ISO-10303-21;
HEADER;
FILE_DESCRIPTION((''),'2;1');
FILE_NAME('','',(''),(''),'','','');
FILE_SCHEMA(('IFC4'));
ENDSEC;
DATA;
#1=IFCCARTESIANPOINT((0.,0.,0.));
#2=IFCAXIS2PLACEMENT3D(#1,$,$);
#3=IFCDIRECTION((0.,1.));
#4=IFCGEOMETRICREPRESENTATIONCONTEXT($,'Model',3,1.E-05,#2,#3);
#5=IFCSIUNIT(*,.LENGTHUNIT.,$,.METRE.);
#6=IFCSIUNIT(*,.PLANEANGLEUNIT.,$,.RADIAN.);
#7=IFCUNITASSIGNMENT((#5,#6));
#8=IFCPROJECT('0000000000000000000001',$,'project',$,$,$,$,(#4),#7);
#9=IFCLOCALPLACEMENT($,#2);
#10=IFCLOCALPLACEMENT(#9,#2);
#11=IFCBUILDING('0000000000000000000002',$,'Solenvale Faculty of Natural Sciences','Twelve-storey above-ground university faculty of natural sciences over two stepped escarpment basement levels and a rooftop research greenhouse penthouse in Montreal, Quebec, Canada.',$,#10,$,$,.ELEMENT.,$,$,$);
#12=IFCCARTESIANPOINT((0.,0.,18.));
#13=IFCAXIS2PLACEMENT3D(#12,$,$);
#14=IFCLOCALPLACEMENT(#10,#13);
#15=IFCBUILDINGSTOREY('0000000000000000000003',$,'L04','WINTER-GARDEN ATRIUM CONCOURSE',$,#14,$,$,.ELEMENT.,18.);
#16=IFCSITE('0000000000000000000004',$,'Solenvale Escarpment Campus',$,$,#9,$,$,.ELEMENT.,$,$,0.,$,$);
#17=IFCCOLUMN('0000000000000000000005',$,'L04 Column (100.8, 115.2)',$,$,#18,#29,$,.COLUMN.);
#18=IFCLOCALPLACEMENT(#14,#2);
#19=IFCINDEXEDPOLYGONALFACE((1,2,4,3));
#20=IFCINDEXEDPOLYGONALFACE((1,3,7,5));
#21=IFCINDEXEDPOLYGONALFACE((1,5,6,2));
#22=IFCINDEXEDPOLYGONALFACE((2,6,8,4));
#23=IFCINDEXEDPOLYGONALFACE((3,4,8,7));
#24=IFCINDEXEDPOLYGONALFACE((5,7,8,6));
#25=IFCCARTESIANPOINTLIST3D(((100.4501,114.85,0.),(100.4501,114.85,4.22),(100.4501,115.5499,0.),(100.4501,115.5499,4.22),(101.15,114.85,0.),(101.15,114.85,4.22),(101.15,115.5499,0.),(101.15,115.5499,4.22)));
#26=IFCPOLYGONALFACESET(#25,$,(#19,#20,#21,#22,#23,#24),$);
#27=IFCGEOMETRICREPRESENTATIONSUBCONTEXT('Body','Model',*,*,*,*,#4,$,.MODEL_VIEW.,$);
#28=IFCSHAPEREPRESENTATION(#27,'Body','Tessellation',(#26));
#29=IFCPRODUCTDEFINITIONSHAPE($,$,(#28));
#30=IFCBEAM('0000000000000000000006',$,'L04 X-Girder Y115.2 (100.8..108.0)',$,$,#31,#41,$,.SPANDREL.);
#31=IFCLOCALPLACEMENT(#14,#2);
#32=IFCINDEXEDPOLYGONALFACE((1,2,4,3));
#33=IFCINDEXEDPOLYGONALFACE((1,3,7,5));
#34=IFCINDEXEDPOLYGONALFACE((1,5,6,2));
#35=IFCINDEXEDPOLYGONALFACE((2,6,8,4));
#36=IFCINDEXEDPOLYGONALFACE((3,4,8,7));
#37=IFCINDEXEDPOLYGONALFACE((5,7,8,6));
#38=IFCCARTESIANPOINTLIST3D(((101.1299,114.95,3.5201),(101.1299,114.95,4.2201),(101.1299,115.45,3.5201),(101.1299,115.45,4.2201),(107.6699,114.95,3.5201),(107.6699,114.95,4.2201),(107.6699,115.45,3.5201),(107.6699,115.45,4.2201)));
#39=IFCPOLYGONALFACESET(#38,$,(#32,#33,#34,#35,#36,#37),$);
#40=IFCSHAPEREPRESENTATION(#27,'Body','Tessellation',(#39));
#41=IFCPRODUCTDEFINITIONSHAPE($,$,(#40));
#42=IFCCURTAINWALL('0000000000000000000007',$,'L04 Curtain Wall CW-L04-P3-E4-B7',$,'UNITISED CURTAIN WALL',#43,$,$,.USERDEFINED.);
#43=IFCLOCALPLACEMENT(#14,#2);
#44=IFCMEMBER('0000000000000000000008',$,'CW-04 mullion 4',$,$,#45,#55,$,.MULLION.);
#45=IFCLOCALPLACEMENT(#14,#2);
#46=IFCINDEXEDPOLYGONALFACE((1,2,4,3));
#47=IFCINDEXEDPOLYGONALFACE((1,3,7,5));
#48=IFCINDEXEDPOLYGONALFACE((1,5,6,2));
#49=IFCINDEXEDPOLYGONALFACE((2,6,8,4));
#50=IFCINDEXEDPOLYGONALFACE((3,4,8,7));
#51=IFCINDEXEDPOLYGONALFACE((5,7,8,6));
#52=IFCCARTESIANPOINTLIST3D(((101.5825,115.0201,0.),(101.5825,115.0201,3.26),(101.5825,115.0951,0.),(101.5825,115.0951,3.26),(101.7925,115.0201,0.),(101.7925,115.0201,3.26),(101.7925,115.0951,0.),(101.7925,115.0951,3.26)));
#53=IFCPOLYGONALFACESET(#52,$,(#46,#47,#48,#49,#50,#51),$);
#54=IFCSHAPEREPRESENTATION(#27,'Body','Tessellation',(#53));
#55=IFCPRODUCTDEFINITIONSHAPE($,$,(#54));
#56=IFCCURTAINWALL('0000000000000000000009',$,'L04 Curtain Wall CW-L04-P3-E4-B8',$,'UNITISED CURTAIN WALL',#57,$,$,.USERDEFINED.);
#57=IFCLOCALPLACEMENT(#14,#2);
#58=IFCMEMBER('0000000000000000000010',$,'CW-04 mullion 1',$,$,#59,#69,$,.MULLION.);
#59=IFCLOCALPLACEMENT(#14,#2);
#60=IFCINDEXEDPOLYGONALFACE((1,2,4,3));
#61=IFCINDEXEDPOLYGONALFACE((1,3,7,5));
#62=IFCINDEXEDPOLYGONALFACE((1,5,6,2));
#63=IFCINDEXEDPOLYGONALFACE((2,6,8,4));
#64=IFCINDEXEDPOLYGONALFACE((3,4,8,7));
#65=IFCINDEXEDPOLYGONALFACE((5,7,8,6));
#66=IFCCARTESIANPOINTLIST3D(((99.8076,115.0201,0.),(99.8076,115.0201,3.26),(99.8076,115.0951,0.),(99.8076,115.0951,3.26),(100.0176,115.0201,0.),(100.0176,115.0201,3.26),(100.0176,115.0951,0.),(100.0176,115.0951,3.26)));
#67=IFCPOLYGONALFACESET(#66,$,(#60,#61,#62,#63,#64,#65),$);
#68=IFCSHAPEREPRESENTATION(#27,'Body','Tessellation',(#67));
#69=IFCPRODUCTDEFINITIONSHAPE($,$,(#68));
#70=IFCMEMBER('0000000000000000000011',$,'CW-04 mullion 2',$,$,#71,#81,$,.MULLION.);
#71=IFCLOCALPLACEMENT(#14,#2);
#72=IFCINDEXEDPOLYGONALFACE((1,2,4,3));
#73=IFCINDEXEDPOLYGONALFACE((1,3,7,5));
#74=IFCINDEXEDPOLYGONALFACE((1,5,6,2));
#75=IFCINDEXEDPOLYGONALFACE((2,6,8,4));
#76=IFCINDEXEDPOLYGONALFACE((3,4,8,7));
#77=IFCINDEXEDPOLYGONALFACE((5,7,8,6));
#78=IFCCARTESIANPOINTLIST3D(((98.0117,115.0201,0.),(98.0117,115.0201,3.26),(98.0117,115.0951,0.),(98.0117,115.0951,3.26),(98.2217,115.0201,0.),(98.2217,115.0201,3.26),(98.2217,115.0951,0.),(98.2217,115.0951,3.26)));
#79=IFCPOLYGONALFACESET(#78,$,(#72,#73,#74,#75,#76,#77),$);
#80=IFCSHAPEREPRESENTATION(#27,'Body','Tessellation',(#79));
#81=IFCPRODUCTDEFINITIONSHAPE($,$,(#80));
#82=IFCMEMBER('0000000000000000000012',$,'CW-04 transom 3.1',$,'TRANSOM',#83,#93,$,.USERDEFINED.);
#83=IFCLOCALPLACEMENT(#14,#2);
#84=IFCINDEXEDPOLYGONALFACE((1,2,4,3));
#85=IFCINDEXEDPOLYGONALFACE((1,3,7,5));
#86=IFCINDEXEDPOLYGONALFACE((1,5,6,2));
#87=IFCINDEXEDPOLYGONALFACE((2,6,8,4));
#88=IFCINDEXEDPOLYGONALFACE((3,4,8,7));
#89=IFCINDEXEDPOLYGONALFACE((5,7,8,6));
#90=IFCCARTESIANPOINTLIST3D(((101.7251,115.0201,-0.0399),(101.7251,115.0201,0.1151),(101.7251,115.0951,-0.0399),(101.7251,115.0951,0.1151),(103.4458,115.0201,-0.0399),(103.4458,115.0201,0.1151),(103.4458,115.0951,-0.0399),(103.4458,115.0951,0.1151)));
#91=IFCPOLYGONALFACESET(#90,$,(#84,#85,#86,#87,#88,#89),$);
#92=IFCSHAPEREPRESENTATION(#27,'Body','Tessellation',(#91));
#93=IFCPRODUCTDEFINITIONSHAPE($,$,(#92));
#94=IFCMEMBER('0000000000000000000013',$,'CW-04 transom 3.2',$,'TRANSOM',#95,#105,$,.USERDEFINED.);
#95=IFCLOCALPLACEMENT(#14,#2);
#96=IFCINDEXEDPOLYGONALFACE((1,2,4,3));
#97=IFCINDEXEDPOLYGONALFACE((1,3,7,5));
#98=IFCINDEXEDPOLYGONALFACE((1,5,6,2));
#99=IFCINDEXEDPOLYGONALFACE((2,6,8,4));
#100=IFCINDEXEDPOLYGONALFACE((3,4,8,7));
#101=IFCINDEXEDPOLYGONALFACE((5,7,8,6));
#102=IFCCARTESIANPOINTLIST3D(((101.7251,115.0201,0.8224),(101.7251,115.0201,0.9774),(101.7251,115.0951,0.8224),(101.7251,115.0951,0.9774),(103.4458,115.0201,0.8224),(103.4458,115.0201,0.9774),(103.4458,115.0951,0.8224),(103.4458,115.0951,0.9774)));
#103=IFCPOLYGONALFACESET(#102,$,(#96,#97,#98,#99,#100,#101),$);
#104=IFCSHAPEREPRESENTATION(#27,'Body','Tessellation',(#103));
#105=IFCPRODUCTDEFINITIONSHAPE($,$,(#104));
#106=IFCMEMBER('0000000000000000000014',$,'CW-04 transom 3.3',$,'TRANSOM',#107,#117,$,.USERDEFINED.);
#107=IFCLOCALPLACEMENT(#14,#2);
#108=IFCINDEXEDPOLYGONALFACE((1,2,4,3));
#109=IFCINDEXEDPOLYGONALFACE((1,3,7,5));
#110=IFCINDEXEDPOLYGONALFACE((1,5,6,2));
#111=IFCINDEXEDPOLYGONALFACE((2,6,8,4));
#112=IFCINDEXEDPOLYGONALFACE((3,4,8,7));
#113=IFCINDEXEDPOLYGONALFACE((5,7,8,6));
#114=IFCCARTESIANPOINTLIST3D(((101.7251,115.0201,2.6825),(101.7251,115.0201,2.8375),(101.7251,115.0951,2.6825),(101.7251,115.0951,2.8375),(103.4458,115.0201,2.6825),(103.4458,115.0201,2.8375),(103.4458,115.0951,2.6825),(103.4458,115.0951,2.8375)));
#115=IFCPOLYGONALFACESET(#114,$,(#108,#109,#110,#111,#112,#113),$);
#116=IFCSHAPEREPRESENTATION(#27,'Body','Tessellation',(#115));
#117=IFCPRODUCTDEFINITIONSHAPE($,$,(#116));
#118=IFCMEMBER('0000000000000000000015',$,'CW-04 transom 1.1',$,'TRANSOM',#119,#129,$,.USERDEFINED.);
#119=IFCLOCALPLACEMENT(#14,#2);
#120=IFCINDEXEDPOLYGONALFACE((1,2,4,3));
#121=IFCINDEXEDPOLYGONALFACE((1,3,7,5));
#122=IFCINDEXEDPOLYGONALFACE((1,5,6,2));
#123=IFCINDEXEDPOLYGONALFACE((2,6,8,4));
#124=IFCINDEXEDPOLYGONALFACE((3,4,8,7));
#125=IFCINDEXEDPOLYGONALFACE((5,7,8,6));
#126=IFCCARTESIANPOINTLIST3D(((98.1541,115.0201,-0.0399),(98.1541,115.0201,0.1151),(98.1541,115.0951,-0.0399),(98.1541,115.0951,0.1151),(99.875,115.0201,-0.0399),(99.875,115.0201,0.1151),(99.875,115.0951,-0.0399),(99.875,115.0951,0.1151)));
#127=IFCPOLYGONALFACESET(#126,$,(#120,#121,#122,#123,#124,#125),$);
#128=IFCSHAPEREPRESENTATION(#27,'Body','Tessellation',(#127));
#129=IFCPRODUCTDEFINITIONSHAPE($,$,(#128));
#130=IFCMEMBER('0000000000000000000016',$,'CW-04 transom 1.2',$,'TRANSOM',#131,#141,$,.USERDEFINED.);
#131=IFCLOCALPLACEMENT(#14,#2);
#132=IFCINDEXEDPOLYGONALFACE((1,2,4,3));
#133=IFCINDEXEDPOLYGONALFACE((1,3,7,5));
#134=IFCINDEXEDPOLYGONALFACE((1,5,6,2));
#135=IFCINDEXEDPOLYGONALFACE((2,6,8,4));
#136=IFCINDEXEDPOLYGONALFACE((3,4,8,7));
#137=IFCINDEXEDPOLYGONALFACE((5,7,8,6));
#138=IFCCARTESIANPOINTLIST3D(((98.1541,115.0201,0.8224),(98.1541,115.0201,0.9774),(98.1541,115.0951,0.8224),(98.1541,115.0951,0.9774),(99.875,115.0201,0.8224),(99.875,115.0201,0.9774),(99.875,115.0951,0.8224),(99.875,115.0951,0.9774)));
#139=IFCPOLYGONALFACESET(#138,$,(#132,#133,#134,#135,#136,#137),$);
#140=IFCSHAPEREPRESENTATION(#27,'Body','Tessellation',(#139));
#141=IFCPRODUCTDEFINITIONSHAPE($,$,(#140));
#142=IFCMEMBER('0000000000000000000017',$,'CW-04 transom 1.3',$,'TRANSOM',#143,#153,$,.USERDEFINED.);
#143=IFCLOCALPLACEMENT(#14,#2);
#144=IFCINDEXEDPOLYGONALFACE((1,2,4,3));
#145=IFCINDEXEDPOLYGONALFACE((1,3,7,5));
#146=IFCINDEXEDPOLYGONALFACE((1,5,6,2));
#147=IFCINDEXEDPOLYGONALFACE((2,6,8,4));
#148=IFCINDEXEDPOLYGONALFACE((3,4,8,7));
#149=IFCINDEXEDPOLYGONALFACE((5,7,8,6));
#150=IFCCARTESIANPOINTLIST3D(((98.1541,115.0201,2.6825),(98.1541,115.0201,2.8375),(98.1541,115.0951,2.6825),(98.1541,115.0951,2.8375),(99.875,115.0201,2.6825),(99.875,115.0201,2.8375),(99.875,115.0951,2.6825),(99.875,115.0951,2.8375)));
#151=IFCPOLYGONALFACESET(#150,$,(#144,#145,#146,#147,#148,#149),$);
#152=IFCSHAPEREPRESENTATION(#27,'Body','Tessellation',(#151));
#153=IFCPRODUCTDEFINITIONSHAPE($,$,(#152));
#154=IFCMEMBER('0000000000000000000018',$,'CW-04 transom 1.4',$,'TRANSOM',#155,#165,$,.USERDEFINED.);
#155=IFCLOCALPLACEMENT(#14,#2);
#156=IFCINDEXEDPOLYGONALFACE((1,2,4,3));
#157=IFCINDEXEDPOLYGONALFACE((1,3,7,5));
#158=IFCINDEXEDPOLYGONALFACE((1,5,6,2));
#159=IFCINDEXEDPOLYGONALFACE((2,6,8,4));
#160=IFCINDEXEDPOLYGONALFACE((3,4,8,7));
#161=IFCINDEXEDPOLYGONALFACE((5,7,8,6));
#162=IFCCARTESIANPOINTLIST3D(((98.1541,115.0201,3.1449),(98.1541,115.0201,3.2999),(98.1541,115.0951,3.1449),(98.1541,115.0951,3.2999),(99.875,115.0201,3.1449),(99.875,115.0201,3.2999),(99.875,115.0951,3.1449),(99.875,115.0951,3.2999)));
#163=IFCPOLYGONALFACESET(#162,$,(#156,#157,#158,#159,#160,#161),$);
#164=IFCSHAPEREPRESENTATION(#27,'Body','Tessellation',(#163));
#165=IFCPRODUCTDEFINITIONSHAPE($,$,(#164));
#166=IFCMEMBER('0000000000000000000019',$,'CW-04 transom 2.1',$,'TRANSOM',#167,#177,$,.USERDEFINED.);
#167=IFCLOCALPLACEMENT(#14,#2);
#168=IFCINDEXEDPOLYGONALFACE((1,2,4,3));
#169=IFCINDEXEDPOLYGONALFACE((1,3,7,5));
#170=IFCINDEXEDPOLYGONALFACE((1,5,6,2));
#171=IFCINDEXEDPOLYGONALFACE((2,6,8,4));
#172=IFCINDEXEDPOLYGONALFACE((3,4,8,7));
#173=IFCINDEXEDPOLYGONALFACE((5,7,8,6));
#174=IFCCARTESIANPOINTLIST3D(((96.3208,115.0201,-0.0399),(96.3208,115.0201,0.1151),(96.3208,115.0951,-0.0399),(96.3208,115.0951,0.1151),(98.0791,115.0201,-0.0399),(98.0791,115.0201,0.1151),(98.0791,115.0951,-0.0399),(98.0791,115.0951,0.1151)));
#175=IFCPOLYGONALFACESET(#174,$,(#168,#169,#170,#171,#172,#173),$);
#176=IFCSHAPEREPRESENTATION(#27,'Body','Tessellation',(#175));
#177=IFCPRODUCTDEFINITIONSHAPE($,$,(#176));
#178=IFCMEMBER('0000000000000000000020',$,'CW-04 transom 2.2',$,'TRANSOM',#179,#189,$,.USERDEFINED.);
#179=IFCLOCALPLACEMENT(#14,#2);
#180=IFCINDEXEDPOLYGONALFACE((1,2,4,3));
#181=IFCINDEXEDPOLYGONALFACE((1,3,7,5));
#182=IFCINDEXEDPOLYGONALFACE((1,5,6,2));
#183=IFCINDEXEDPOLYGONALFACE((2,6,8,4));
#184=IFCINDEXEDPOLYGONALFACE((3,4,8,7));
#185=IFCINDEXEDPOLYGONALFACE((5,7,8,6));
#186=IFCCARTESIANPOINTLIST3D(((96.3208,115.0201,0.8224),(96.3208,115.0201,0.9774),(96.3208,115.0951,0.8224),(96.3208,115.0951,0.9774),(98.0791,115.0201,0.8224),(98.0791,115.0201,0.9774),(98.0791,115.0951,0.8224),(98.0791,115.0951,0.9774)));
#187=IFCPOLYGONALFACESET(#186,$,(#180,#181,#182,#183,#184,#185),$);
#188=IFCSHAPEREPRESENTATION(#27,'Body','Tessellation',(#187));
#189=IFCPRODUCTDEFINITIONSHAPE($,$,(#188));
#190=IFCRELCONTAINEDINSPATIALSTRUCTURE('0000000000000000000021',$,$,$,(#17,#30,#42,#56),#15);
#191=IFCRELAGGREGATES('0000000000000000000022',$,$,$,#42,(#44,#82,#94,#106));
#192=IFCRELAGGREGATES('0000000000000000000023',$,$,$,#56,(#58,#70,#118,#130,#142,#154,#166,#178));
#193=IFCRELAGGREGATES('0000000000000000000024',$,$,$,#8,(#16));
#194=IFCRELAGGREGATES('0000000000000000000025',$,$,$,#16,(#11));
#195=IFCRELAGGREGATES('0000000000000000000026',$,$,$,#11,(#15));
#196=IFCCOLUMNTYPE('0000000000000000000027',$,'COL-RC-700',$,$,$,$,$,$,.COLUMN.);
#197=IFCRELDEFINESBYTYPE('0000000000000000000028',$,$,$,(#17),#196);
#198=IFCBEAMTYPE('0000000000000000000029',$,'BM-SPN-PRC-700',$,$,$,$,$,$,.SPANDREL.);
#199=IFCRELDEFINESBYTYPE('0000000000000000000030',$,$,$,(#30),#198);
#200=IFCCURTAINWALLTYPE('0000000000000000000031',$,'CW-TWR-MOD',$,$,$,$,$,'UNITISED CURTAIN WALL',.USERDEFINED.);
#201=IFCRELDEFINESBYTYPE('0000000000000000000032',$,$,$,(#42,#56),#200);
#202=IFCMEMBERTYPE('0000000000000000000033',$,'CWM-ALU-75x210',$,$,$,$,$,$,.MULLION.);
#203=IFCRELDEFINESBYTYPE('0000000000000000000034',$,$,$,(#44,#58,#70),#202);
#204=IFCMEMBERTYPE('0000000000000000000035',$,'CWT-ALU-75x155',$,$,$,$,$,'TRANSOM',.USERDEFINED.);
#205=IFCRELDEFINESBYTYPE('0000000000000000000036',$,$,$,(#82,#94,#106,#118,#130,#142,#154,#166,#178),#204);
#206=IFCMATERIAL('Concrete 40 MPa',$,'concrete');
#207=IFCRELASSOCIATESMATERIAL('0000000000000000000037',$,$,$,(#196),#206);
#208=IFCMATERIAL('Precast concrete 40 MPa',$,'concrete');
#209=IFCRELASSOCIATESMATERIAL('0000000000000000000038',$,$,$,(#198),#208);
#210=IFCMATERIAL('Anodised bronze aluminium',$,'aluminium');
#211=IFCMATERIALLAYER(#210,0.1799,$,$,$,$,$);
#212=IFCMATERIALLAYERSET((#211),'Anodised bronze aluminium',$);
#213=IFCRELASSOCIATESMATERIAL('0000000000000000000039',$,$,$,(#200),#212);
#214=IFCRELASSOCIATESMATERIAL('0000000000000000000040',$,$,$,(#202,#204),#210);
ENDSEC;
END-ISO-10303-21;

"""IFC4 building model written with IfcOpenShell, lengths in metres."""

from ifc_helpers import new_model, si_unit, direction, frame, origin, origin_2d, place, context, subcontext, project, spatial, rectangle, extrude, material, layer, layer_set, material_profile, profile_set, type_object, element, aggregate, save


model = new_model("IFC4")

# Units and contexts
model_context = context("Model", 3, precision=1e-05, world=origin(), true_north=direction((0.0, 1.0)))
body_context = subcontext(model_context, "Body", "Model", "MODEL_VIEW")
ifc_project = project(units=[si_unit("LENGTHUNIT", "METRE"), si_unit("PLANEANGLEUNIT", "RADIAN")], contexts=[model_context])

# Site, building, storey
site_placement = place(None, origin())
site = spatial("IfcSite", under=ifc_project, at=site_placement, Name="Solenvale Escarpment Campus", CompositionType="ELEMENT", RefElevation=0.0)
building_placement = place(site_placement, origin())
building = spatial("IfcBuilding", under=site, at=building_placement, Name="Solenvale Faculty of Natural Sciences", Description="Twelve-storey above-ground university faculty of natural sciences over two stepped escarpment basement levels and a rooftop research greenhouse penthouse in Montreal, Quebec, Canada.", CompositionType="ELEMENT")
storey_placement = place(building_placement, frame((0.0, 0.0, 18.0)))
storey = spatial("IfcBuildingStorey", under=building, at=storey_placement, Name="L04", Description="WINTER-GARDEN ATRIUM CONCOURSE", CompositionType="ELEMENT", Elevation=18.0)

# Column
ifc_material_1 = material(Name="Concrete 40 MPa", Category="concrete")
ifc_material_profile_1 = material_profile(ifc_material_1, rectangle(XDim=0.7, YDim=0.7, at=origin_2d()), Name="RC-COL-700x700")
ifc_profile_set_1 = profile_set([ifc_material_profile_1], Name="Concrete 40 MPa")
column_type = type_object("IfcColumnType", Name="COL-RC-700", PredefinedType="COLUMN", material=ifc_profile_set_1)
column_placement = place(storey_placement, frame((100.8, 115.2, 0.0), z_axis=(0.0, 0.0, 1.0), x_axis=(1.0, 0.0, 0.0)))
element("IfcColumn", 1, at=column_placement, inside=storey, type_object=column_type, Name="L04 Column (100.8, 115.2)", PredefinedType="COLUMN", context=body_context, shape_type="SweptSolid", body=[
    extrude(rectangle(XDim=0.7, YDim=0.7, at=origin_2d()), origin(), (0.0, 0.0, 1.0), 4.22),
])

# Beam
ifc_material_2 = material(Name="Precast concrete 40 MPa", Category="concrete")
ifc_material_profile_2 = material_profile(ifc_material_2, rectangle(XDim=0.5, YDim=0.7, at=origin_2d()), Name="RC-BM-500x700")
ifc_profile_set_2 = profile_set([ifc_material_profile_2], Name="Precast concrete 40 MPa")
beam_type = type_object("IfcBeamType", Name="BM-SPN-PRC-700", PredefinedType="SPANDREL", material=ifc_profile_set_2)
beam_placement = place(storey_placement, frame((101.1299, 115.2, 3.8701), z_axis=(1.0, 0.0, 0.0), x_axis=(0.0, 1.0, 0.0)))
element("IfcBeam", 2, at=beam_placement, inside=storey, type_object=beam_type, Name="L04 X-Girder Y115.2 (100.8..108.0)", PredefinedType="SPANDREL", context=body_context, shape_type="SweptSolid", body=[
    extrude(rectangle(XDim=0.5, YDim=0.7, at=origin_2d()), origin(), (0.0, 0.0, 1.0), 6.54),
])

# Curtain wall, member
ifc_material_3 = material(Name="Anodised bronze aluminium", Category="aluminium")
ifc_layer_1 = layer(ifc_material_3, 0.1799)
ifc_layer_set_1 = layer_set([ifc_layer_1], Name="Anodised bronze aluminium")
curtain_wall_type = type_object("IfcCurtainWallType", Name="CW-TWR-MOD", ElementType="UNITISED CURTAIN WALL", PredefinedType="USERDEFINED", material=ifc_layer_set_1)
curtain_wall_1_placement = place(storey_placement, origin())
curtain_wall_1 = element("IfcCurtainWall", 3, at=curtain_wall_1_placement, inside=storey, type_object=curtain_wall_type, Name="L04 Curtain Wall CW-L04-P3-E4-B7", ObjectType="UNITISED CURTAIN WALL", PredefinedType="USERDEFINED")
ifc_material_profile_3 = material_profile(ifc_material_3, rectangle(XDim=0.075, YDim=0.21, at=origin_2d()), Name="ALU-MUL-75x210")
ifc_profile_set_3 = profile_set([ifc_material_profile_3], Name="Anodised bronze aluminium")
member_type_1 = type_object("IfcMemberType", Name="CWM-ALU-75x210", PredefinedType="MULLION", material=ifc_profile_set_3)
member_1_placement = place(storey_placement, frame((101.6875, 115.0576, 0.0), z_axis=(0.0, 0.0, 1.0), x_axis=(0.0, -1.0, 0.0)))
member_1 = element("IfcMember", 4, at=member_1_placement, type_object=member_type_1, Name="CW-04 mullion 4", PredefinedType="MULLION", context=body_context, shape_type="SweptSolid", body=[
    extrude(rectangle(XDim=0.075, YDim=0.21, at=origin_2d()), origin(), (0.0, 0.0, 1.0), 3.26),
])

# Curtain wall, members
curtain_wall_2_placement = place(storey_placement, origin())
curtain_wall_2 = element("IfcCurtainWall", 5, at=curtain_wall_2_placement, inside=storey, type_object=curtain_wall_type, Name="L04 Curtain Wall CW-L04-P3-E4-B8", ObjectType="UNITISED CURTAIN WALL", PredefinedType="USERDEFINED")
member_2_placement = place(storey_placement, frame((99.9126, 115.0576, 0.0), z_axis=(0.0, 0.0, 1.0), x_axis=(0.0, -1.0, 0.0)))
member_2 = element("IfcMember", 6, at=member_2_placement, type_object=member_type_1, Name="CW-04 mullion 1", PredefinedType="MULLION", context=body_context, shape_type="SweptSolid", body=[
    extrude(rectangle(XDim=0.075, YDim=0.21, at=origin_2d()), origin(), (0.0, 0.0, 1.0), 3.26),
])
member_3_placement = place(storey_placement, frame((98.1167, 115.0576, 0.0), z_axis=(0.0, 0.0, 1.0), x_axis=(0.0, -1.0, 0.0)))
member_3 = element("IfcMember", 7, at=member_3_placement, type_object=member_type_1, Name="CW-04 mullion 2", PredefinedType="MULLION", context=body_context, shape_type="SweptSolid", body=[
    extrude(rectangle(XDim=0.075, YDim=0.21, at=origin_2d()), origin(), (0.0, 0.0, 1.0), 3.26),
])

# Members
ifc_material_profile_4 = material_profile(ifc_material_3, rectangle(XDim=0.075, YDim=0.155, at=origin_2d()), Name="ALU-TRN-75x155")
ifc_profile_set_4 = profile_set([ifc_material_profile_4], Name="Anodised bronze aluminium")
member_type_2 = type_object("IfcMemberType", Name="CWT-ALU-75x155", ElementType="TRANSOM", PredefinedType="USERDEFINED", material=ifc_profile_set_4)
member_4_placement = place(storey_placement, frame((103.4458, 115.0576, 0.0376), z_axis=(-1.0, 0.0, 0.0), x_axis=(0.0, -1.0, 0.0)))
member_4 = element("IfcMember", 8, at=member_4_placement, type_object=member_type_2, Name="CW-04 transom 3.1", ObjectType="TRANSOM", PredefinedType="USERDEFINED", context=body_context, shape_type="SweptSolid", body=[
    extrude(rectangle(XDim=0.075, YDim=0.155, at=origin_2d()), origin(), (0.0, 0.0, 1.0), 1.7207),
])
member_5_placement = place(storey_placement, frame((103.4458, 115.0576, 0.8999), z_axis=(-1.0, 0.0, 0.0), x_axis=(0.0, -1.0, 0.0)))
member_5 = element("IfcMember", 9, at=member_5_placement, type_object=member_type_2, Name="CW-04 transom 3.2", ObjectType="TRANSOM", PredefinedType="USERDEFINED", context=body_context, shape_type="SweptSolid", body=[
    extrude(rectangle(XDim=0.075, YDim=0.155, at=origin_2d()), origin(), (0.0, 0.0, 1.0), 1.7207),
])
member_6_placement = place(storey_placement, frame((103.4458, 115.0576, 2.76), z_axis=(-1.0, 0.0, 0.0), x_axis=(0.0, -1.0, 0.0)))
member_6 = element("IfcMember", 10, at=member_6_placement, type_object=member_type_2, Name="CW-04 transom 3.3", ObjectType="TRANSOM", PredefinedType="USERDEFINED", context=body_context, shape_type="SweptSolid", body=[
    extrude(rectangle(XDim=0.075, YDim=0.155, at=origin_2d()), origin(), (0.0, 0.0, 1.0), 1.7207),
])
member_7_placement = place(storey_placement, frame((99.875, 115.0576, 0.0376), z_axis=(-1.0, 0.0, 0.0), x_axis=(0.0, -1.0, 0.0)))
member_7 = element("IfcMember", 11, at=member_7_placement, type_object=member_type_2, Name="CW-04 transom 1.1", ObjectType="TRANSOM", PredefinedType="USERDEFINED", context=body_context, shape_type="SweptSolid", body=[
    extrude(rectangle(XDim=0.075, YDim=0.155, at=origin_2d()), origin(), (0.0, 0.0, 1.0), 1.7209),
])
member_8_placement = place(storey_placement, frame((99.875, 115.0576, 0.8999), z_axis=(-1.0, 0.0, 0.0), x_axis=(0.0, -1.0, 0.0)))
member_8 = element("IfcMember", 12, at=member_8_placement, type_object=member_type_2, Name="CW-04 transom 1.2", ObjectType="TRANSOM", PredefinedType="USERDEFINED", context=body_context, shape_type="SweptSolid", body=[
    extrude(rectangle(XDim=0.075, YDim=0.155, at=origin_2d()), origin(), (0.0, 0.0, 1.0), 1.7209),
])
member_9_placement = place(storey_placement, frame((99.875, 115.0576, 2.76), z_axis=(-1.0, 0.0, 0.0), x_axis=(0.0, -1.0, 0.0)))
member_9 = element("IfcMember", 13, at=member_9_placement, type_object=member_type_2, Name="CW-04 transom 1.3", ObjectType="TRANSOM", PredefinedType="USERDEFINED", context=body_context, shape_type="SweptSolid", body=[
    extrude(rectangle(XDim=0.075, YDim=0.155, at=origin_2d()), origin(), (0.0, 0.0, 1.0), 1.7209),
])
member_10_placement = place(storey_placement, frame((99.875, 115.0576, 3.2224), z_axis=(-1.0, 0.0, 0.0), x_axis=(0.0, -1.0, 0.0)))
member_10 = element("IfcMember", 14, at=member_10_placement, type_object=member_type_2, Name="CW-04 transom 1.4", ObjectType="TRANSOM", PredefinedType="USERDEFINED", context=body_context, shape_type="SweptSolid", body=[
    extrude(rectangle(XDim=0.075, YDim=0.155, at=origin_2d()), origin(), (0.0, 0.0, 1.0), 1.7209),
])
member_11_placement = place(storey_placement, frame((98.0791, 115.0576, 0.0376), z_axis=(-1.0, 0.0, 0.0), x_axis=(0.0, -1.0, 0.0)))
member_11 = element("IfcMember", 15, at=member_11_placement, type_object=member_type_2, Name="CW-04 transom 2.1", ObjectType="TRANSOM", PredefinedType="USERDEFINED", context=body_context, shape_type="SweptSolid", body=[
    extrude(rectangle(XDim=0.075, YDim=0.155, at=origin_2d()), origin(), (0.0, 0.0, 1.0), 1.7583),
])
member_12_placement = place(storey_placement, frame((98.0791, 115.0576, 0.8999), z_axis=(-1.0, 0.0, 0.0), x_axis=(0.0, -1.0, 0.0)))
member_12 = element("IfcMember", 16, at=member_12_placement, type_object=member_type_2, Name="CW-04 transom 2.2", ObjectType="TRANSOM", PredefinedType="USERDEFINED", context=body_context, shape_type="SweptSolid", body=[
    extrude(rectangle(XDim=0.075, YDim=0.155, at=origin_2d()), origin(), (0.0, 0.0, 1.0), 1.7583),
])

aggregate(curtain_wall_1, [member_1, member_4, member_5, member_6])
aggregate(curtain_wall_2, [member_2, member_3, member_7, member_8, member_9, member_10, member_11, member_12])

save(model, "model.ifc")
